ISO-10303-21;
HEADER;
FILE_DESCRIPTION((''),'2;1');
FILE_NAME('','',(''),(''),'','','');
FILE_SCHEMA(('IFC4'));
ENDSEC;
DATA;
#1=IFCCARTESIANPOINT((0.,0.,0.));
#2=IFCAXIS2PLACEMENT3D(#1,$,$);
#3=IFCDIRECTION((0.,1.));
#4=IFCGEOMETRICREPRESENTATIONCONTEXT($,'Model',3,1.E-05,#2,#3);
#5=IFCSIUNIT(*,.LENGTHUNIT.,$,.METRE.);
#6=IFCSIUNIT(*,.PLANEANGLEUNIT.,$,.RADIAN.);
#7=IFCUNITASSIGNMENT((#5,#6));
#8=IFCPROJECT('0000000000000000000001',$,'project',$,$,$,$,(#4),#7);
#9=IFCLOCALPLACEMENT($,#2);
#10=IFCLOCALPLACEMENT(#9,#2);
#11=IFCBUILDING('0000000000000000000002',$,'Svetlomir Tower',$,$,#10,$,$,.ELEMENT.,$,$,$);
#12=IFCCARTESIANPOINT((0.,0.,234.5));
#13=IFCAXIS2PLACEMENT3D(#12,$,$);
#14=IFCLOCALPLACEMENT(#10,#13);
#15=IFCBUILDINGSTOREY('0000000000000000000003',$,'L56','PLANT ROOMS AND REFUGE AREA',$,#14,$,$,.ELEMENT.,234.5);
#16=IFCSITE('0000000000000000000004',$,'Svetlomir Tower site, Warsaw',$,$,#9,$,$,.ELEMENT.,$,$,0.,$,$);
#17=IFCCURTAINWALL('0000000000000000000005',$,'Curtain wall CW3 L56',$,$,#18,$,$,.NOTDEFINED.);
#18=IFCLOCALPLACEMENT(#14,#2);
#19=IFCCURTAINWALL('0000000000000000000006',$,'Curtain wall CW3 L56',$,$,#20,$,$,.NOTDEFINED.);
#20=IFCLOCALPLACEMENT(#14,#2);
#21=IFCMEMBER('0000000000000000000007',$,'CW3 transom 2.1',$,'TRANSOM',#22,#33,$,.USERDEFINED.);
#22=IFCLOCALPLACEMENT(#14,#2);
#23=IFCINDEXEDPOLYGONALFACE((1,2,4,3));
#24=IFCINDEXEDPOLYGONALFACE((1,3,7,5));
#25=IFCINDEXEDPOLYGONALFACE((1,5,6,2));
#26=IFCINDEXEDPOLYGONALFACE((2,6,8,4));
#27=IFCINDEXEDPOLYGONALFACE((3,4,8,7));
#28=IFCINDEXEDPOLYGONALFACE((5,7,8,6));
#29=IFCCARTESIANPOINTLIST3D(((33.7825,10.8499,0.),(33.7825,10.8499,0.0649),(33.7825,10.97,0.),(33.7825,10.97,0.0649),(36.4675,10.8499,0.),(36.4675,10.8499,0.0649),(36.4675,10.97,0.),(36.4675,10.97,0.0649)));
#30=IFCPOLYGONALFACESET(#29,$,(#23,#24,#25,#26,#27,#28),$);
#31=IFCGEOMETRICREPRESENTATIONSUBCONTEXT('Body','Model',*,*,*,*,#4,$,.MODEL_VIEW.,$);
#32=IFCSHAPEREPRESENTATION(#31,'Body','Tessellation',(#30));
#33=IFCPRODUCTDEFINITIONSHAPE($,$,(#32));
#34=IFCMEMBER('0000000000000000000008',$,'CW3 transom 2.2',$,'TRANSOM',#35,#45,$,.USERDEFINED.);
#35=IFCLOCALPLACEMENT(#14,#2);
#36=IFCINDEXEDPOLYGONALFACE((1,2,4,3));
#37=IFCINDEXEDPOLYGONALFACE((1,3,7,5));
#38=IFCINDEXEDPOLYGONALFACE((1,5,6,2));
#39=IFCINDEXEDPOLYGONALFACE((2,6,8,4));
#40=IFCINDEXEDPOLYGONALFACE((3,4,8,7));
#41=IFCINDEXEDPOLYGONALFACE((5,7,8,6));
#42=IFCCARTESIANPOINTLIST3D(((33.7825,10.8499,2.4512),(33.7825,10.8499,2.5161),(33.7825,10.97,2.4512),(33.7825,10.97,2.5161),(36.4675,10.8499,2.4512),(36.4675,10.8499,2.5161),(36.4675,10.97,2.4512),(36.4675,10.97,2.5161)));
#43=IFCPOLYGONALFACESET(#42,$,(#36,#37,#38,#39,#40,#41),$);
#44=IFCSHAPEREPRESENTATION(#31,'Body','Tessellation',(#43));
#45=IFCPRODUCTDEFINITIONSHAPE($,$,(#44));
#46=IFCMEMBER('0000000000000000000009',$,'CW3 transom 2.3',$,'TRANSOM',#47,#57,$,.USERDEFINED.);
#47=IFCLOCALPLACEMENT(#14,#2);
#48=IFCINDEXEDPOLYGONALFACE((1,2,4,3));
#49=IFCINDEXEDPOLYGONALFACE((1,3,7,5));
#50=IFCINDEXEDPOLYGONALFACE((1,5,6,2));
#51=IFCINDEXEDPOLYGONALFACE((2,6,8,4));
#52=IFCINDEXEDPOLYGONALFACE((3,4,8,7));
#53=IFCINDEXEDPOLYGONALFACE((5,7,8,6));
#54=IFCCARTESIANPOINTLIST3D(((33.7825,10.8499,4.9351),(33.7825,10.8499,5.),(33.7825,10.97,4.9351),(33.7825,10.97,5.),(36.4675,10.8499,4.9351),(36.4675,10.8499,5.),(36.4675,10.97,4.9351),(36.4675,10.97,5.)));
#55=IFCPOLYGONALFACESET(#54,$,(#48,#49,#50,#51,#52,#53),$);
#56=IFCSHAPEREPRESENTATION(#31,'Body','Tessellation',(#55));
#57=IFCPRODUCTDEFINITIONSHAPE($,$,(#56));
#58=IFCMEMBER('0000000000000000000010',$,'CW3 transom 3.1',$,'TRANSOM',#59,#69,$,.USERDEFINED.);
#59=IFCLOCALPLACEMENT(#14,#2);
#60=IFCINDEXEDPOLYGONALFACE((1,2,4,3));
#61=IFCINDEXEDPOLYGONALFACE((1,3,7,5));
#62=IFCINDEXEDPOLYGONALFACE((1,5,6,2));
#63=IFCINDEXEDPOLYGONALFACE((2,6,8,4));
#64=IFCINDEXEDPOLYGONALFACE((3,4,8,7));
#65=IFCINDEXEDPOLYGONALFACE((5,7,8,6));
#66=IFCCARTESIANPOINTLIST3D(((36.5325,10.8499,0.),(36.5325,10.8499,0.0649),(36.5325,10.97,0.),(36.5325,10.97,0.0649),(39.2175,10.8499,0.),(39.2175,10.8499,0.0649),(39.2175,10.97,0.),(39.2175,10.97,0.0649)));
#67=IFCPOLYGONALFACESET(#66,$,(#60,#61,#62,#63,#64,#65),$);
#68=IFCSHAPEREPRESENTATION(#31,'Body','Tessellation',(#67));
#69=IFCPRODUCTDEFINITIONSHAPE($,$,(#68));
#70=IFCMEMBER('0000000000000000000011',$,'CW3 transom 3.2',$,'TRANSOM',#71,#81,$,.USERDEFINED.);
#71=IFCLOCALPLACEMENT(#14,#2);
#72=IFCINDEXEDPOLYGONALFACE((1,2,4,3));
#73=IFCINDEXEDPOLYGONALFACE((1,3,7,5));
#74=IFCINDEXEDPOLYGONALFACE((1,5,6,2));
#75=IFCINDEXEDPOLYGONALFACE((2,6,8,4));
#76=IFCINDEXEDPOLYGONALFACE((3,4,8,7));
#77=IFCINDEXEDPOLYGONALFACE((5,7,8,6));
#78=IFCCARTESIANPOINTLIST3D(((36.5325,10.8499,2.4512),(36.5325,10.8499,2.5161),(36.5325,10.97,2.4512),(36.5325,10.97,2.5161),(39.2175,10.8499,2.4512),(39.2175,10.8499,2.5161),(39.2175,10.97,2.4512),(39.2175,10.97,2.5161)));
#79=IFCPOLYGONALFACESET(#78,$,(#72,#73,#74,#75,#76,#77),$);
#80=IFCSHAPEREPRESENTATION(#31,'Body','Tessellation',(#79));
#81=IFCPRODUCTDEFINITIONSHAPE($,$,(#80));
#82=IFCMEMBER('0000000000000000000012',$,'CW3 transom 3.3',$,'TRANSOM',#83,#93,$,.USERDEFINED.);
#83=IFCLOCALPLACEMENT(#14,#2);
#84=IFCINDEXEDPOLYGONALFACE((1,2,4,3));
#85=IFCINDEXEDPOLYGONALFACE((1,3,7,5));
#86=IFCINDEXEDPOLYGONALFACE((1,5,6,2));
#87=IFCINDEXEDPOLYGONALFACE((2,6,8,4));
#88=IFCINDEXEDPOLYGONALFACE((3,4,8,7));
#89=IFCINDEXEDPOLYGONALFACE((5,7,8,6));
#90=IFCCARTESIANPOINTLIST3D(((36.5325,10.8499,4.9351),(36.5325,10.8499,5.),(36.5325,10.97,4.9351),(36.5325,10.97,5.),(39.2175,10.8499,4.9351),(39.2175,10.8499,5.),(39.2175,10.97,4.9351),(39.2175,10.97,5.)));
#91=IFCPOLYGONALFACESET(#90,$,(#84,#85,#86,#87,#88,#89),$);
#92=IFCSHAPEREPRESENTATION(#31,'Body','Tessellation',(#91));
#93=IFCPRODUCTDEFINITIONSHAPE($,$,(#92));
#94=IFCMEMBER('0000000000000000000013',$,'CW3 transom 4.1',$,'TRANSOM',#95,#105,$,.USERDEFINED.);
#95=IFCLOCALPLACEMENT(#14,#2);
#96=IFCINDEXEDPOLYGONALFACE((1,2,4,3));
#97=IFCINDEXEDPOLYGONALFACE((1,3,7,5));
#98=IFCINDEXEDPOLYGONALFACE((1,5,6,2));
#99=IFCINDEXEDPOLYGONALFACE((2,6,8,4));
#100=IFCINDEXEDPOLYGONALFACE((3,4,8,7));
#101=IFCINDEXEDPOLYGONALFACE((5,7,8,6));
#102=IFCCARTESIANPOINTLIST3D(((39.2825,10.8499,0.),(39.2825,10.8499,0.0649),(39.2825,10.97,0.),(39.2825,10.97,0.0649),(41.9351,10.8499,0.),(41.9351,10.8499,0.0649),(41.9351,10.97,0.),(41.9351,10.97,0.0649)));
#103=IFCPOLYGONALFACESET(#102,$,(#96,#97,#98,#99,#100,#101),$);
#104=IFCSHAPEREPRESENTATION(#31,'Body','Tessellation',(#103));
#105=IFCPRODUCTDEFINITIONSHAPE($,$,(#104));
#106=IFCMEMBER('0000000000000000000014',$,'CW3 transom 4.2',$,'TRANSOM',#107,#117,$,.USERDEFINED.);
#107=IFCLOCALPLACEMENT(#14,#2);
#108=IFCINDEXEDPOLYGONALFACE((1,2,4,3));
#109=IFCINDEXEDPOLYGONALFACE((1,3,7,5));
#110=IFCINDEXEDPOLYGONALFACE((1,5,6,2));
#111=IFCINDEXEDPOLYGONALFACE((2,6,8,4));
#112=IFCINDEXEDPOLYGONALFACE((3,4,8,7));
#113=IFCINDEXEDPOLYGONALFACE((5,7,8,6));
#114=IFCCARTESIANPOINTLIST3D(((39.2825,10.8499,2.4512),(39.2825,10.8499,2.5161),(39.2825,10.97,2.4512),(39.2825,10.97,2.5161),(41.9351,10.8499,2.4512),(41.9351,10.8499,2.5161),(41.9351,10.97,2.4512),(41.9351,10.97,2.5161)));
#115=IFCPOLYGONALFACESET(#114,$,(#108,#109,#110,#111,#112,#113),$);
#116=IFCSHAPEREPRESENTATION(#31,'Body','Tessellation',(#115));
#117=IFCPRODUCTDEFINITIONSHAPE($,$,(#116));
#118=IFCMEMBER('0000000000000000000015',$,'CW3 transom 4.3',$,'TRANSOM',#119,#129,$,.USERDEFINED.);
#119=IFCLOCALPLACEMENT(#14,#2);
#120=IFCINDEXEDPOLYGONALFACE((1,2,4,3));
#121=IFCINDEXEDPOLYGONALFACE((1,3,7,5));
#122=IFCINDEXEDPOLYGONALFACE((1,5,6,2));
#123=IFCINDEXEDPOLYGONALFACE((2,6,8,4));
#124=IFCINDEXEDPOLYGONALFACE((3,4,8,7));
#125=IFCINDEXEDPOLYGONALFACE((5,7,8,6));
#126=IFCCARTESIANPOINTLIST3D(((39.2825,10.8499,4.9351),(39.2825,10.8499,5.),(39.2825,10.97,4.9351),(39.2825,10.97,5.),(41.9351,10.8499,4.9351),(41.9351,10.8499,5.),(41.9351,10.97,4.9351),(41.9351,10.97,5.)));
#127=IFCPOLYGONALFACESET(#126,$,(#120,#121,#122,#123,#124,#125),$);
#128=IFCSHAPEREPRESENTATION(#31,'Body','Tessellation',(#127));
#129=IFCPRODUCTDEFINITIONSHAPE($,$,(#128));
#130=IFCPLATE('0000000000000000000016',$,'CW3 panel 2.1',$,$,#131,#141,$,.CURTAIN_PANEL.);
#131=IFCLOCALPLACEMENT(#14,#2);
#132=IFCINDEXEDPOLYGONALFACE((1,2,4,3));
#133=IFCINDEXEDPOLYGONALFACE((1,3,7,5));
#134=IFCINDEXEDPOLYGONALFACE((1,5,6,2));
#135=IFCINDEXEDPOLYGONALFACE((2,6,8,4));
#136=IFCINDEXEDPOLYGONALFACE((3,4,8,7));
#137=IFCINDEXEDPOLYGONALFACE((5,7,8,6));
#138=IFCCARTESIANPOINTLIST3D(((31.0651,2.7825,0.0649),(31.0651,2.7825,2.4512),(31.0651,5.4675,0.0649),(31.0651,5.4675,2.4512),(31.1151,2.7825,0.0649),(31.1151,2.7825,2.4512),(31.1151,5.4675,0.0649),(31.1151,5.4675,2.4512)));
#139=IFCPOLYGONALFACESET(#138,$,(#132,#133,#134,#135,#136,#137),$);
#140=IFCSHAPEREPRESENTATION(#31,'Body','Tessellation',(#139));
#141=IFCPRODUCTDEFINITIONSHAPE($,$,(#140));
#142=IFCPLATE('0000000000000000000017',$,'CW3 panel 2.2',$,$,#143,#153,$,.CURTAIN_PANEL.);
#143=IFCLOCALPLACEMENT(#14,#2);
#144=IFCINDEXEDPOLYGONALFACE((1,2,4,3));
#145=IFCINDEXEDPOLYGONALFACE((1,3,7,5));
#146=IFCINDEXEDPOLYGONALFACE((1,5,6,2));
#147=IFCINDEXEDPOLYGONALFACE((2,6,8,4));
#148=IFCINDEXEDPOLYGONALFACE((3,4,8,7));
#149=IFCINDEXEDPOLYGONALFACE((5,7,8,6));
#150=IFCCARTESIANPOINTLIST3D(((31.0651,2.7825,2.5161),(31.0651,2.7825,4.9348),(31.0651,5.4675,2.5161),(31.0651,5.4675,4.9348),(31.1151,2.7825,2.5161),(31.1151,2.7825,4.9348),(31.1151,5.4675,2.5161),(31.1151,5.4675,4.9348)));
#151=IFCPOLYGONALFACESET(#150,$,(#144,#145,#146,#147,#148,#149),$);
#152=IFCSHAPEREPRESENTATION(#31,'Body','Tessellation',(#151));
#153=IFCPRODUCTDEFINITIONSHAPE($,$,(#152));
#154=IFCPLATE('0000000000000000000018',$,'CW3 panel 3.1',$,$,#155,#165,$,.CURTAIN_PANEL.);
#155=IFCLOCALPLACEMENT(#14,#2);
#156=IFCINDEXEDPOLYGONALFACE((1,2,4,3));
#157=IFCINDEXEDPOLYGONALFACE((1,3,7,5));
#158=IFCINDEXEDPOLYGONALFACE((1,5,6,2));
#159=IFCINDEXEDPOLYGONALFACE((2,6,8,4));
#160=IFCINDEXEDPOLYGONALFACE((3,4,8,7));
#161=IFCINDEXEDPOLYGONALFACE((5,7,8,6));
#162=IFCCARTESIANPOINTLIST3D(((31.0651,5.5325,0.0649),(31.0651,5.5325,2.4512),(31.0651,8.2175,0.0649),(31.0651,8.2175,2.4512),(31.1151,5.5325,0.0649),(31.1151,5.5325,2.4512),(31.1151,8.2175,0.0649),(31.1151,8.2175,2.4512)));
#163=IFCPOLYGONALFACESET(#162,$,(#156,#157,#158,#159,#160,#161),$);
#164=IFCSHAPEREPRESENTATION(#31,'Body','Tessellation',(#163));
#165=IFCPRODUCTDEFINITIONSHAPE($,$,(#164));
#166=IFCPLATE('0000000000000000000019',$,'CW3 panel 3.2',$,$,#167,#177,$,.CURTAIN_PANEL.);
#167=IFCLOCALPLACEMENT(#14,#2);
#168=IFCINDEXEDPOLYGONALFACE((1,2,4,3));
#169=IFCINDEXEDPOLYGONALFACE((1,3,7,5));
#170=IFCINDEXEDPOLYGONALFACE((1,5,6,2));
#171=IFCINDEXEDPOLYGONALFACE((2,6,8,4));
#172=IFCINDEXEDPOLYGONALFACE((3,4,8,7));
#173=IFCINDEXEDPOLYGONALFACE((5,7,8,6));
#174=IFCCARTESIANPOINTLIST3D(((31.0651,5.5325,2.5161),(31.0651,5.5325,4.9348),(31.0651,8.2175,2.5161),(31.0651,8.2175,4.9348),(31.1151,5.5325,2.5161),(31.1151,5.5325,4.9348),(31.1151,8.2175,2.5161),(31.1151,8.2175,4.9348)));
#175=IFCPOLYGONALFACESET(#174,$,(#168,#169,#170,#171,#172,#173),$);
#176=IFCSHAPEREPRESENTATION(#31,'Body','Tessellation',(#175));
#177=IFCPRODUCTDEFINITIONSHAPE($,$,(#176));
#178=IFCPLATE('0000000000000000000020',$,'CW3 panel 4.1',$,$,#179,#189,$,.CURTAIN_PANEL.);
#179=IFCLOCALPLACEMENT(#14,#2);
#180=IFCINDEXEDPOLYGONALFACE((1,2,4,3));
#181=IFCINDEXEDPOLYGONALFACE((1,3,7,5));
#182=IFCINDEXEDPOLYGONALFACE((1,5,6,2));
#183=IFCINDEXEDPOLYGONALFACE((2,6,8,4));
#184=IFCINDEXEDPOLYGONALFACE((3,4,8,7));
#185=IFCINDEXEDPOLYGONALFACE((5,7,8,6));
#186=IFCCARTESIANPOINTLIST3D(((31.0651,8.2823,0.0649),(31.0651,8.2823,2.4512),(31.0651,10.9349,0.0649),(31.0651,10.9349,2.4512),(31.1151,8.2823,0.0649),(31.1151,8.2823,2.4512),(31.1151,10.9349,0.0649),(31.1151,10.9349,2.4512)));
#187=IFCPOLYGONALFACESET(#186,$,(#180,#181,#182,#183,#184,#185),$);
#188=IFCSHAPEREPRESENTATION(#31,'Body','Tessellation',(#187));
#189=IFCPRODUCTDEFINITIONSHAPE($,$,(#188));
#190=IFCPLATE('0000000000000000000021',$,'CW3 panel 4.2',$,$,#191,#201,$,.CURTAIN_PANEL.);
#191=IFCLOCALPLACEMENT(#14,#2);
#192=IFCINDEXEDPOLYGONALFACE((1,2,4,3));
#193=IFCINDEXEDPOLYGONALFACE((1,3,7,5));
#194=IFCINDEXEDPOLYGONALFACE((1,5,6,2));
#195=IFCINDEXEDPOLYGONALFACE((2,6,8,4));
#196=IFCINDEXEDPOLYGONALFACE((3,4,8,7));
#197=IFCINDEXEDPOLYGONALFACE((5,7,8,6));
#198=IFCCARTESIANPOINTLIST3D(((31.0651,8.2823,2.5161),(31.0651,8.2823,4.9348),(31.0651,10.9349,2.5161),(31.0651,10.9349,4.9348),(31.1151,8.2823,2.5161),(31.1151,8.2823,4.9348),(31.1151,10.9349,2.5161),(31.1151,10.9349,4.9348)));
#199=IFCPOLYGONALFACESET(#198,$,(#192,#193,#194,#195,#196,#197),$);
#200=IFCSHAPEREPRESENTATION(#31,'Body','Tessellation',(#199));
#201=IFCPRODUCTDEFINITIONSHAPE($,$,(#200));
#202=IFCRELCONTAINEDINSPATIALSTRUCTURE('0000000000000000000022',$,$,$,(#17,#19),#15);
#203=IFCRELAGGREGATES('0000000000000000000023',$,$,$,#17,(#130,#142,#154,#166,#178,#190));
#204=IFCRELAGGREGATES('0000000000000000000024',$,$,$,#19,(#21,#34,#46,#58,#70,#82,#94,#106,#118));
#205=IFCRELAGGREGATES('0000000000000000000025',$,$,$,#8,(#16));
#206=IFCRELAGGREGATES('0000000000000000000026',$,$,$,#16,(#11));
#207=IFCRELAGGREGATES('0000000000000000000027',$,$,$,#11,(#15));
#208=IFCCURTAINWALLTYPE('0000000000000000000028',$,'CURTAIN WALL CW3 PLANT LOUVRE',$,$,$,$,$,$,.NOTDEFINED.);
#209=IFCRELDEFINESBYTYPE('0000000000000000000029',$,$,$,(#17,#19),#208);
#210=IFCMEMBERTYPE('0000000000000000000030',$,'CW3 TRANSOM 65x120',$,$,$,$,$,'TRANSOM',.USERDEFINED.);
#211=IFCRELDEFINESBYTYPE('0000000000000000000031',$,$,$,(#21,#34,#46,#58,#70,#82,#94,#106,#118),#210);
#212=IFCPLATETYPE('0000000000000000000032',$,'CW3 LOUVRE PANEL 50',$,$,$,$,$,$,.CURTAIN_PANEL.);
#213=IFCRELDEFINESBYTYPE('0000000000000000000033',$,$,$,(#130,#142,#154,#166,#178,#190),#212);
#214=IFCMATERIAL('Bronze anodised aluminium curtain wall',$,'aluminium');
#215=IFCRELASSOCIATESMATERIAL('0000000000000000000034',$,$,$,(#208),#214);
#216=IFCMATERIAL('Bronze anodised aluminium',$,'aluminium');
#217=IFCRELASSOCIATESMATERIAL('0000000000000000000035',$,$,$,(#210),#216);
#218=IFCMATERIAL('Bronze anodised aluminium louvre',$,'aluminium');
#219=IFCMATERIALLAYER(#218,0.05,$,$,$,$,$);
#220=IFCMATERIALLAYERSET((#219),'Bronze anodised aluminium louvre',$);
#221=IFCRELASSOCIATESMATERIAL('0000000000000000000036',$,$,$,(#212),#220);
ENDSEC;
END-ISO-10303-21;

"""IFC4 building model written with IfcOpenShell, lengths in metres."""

from ifc_helpers import new_model, si_unit, direction, frame, origin, origin_2d, place, context, subcontext, project, spatial, rectangle, extrude, material, layer, layer_set, material_profile, profile_set, type_object, element, aggregate, save


model = new_model("IFC4")

# Units and contexts
model_context = context("Model", 3, precision=1e-05, world=origin(), true_north=direction((0.0, 1.0)))
body_context = subcontext(model_context, "Body", "Model", "MODEL_VIEW")
ifc_project = project(units=[si_unit("LENGTHUNIT", "METRE"), si_unit("PLANEANGLEUNIT", "RADIAN")], contexts=[model_context])

# Site, building, storey
site_placement = place(None, origin())
site = spatial("IfcSite", under=ifc_project, at=site_placement, Name="Svetlomir Tower site, Warsaw", CompositionType="ELEMENT", RefElevation=0.0)
building_placement = place(site_placement, origin())
building = spatial("IfcBuilding", under=site, at=building_placement, Name="Svetlomir Tower", CompositionType="ELEMENT")
storey_placement = place(building_placement, frame((0.0, 0.0, 234.5)))
storey = spatial("IfcBuildingStorey", under=building, at=storey_placement, Name="L56", Description="PLANT ROOMS AND REFUGE AREA", CompositionType="ELEMENT", Elevation=234.5)

# Curtain walls
ifc_material_1 = material(Name="Bronze anodised aluminium curtain wall", Category="aluminium")
curtain_wall_type = type_object("IfcCurtainWallType", Name="CURTAIN WALL CW3 PLANT LOUVRE", PredefinedType="NOTDEFINED", material=ifc_material_1)
curtain_wall_1_placement = place(storey_placement, origin())
curtain_wall_1 = element("IfcCurtainWall", 1, at=curtain_wall_1_placement, inside=storey, type_object=curtain_wall_type, Name="Curtain wall CW3 L56", PredefinedType="NOTDEFINED")
curtain_wall_2_placement = place(storey_placement, origin())
curtain_wall_2 = element("IfcCurtainWall", 2, at=curtain_wall_2_placement, inside=storey, type_object=curtain_wall_type, Name="Curtain wall CW3 L56", PredefinedType="NOTDEFINED")

# Members
ifc_material_2 = material(Name="Bronze anodised aluminium", Category="aluminium")
ifc_material_profile_1 = material_profile(ifc_material_2, rectangle(XDim=0.1201, YDim=0.0649, at=origin_2d()), Name="AL 120x65")
ifc_profile_set_1 = profile_set([ifc_material_profile_1], Name="Bronze anodised aluminium 6063-T6")
member_type_1 = type_object("IfcMemberType", Name="CW3 TRANSOM 65x120", ElementType="TRANSOM", PredefinedType="USERDEFINED", material=ifc_profile_set_1)
member_1_placement = place(storey_placement, frame((33.7825, 10.9099, 0.0325), z_axis=(1.0, 0.0, 0.0), x_axis=(0.0, 1.0, 0.0)))
member_1 = element("IfcMember", 3, at=member_1_placement, type_object=member_type_1, Name="CW3 transom 2.1", ObjectType="TRANSOM", PredefinedType="USERDEFINED", context=body_context, shape_type="SweptSolid", body=[
    extrude(rectangle(XDim=0.1201, YDim=0.0649, at=origin_2d()), origin(), (0.0, 0.0, 1.0), 2.6851),
])
member_2_placement = place(storey_placement, frame((33.7825, 10.9099, 2.4836), z_axis=(1.0, 0.0, 0.0), x_axis=(0.0, 1.0, 0.0)))
member_2 = element("IfcMember", 4, at=member_2_placement, type_object=member_type_1, Name="CW3 transom 2.2", ObjectType="TRANSOM", PredefinedType="USERDEFINED", context=body_context, shape_type="SweptSolid", body=[
    extrude(rectangle(XDim=0.1201, YDim=0.0649, at=origin_2d()), origin(), (0.0, 0.0, 1.0), 2.6851),
])
member_3_placement = place(storey_placement, frame((33.7825, 10.9099, 4.9675), z_axis=(1.0, 0.0, 0.0), x_axis=(0.0, 1.0, 0.0)))
member_3 = element("IfcMember", 5, at=member_3_placement, type_object=member_type_1, Name="CW3 transom 2.3", ObjectType="TRANSOM", PredefinedType="USERDEFINED", context=body_context, shape_type="SweptSolid", body=[
    extrude(rectangle(XDim=0.1201, YDim=0.0649, at=origin_2d()), origin(), (0.0, 0.0, 1.0), 2.6851),
])
member_4_placement = place(storey_placement, frame((36.5325, 10.9099, 0.0325), z_axis=(1.0, 0.0, 0.0), x_axis=(0.0, 1.0, 0.0)))
member_4 = element("IfcMember", 6, at=member_4_placement, type_object=member_type_1, Name="CW3 transom 3.1", ObjectType="TRANSOM", PredefinedType="USERDEFINED", context=body_context, shape_type="SweptSolid", body=[
    extrude(rectangle(XDim=0.1201, YDim=0.0649, at=origin_2d()), origin(), (0.0, 0.0, 1.0), 2.6851),
])
member_5_placement = place(storey_placement, frame((36.5325, 10.9099, 2.4836), z_axis=(1.0, 0.0, 0.0), x_axis=(0.0, 1.0, 0.0)))
member_5 = element("IfcMember", 7, at=member_5_placement, type_object=member_type_1, Name="CW3 transom 3.2", ObjectType="TRANSOM", PredefinedType="USERDEFINED", context=body_context, shape_type="SweptSolid", body=[
    extrude(rectangle(XDim=0.1201, YDim=0.0649, at=origin_2d()), origin(), (0.0, 0.0, 1.0), 2.6851),
])
member_6_placement = place(storey_placement, frame((36.5325, 10.9099, 4.9675), z_axis=(1.0, 0.0, 0.0), x_axis=(0.0, 1.0, 0.0)))
member_6 = element("IfcMember", 8, at=member_6_placement, type_object=member_type_1, Name="CW3 transom 3.3", ObjectType="TRANSOM", PredefinedType="USERDEFINED", context=body_context, shape_type="SweptSolid", body=[
    extrude(rectangle(XDim=0.1201, YDim=0.0649, at=origin_2d()), origin(), (0.0, 0.0, 1.0), 2.6851),
])
member_7_placement = place(storey_placement, frame((39.2825, 10.9099, 0.0325), z_axis=(1.0, 0.0, 0.0), x_axis=(0.0, 1.0, 0.0)))
member_7 = element("IfcMember", 9, at=member_7_placement, type_object=member_type_1, Name="CW3 transom 4.1", ObjectType="TRANSOM", PredefinedType="USERDEFINED", context=body_context, shape_type="SweptSolid", body=[
    extrude(rectangle(XDim=0.1201, YDim=0.0649, at=origin_2d()), origin(), (0.0, 0.0, 1.0), 2.6526),
])
member_8_placement = place(storey_placement, frame((39.2825, 10.9099, 2.4836), z_axis=(1.0, 0.0, 0.0), x_axis=(0.0, 1.0, 0.0)))
member_8 = element("IfcMember", 10, at=member_8_placement, type_object=member_type_1, Name="CW3 transom 4.2", ObjectType="TRANSOM", PredefinedType="USERDEFINED", context=body_context, shape_type="SweptSolid", body=[
    extrude(rectangle(XDim=0.1201, YDim=0.0649, at=origin_2d()), origin(), (0.0, 0.0, 1.0), 2.6526),
])
member_9_placement = place(storey_placement, frame((39.2825, 10.9099, 4.9675), z_axis=(1.0, 0.0, 0.0), x_axis=(0.0, 1.0, 0.0)))
member_9 = element("IfcMember", 11, at=member_9_placement, type_object=member_type_1, Name="CW3 transom 4.3", ObjectType="TRANSOM", PredefinedType="USERDEFINED", context=body_context, shape_type="SweptSolid", body=[
    extrude(rectangle(XDim=0.1201, YDim=0.0649, at=origin_2d()), origin(), (0.0, 0.0, 1.0), 2.6526),
])

# Plates
ifc_material_3 = material(Name="Bronze anodised aluminium louvre", Category="aluminium")
ifc_layer = layer(ifc_material_3, 0.05)
ifc_layer_set = layer_set([ifc_layer], Name="Bronze anodised aluminium louvre")
plate_type = type_object("IfcPlateType", Name="CW3 LOUVRE PANEL 50", PredefinedType="CURTAIN_PANEL", material=ifc_layer_set)
plate_1_placement = place(storey_placement, frame((31.0901, 4.125, 0.0649), z_axis=(0.0, 0.0, 1.0), x_axis=(0.0, 1.0, 0.0)))
plate_1 = element("IfcPlate", 12, at=plate_1_placement, type_object=plate_type, Name="CW3 panel 2.1", PredefinedType="CURTAIN_PANEL", context=body_context, shape_type="SweptSolid", body=[
    extrude(rectangle(XDim=2.6851, YDim=0.05, at=origin_2d()), origin(), (0.0, 0.0, 1.0), 2.3862),
])
plate_2_placement = place(storey_placement, frame((31.0901, 4.125, 2.5161), z_axis=(0.0, 0.0, 1.0), x_axis=(0.0, 1.0, 0.0)))
plate_2 = element("IfcPlate", 13, at=plate_2_placement, type_object=plate_type, Name="CW3 panel 2.2", PredefinedType="CURTAIN_PANEL", context=body_context, shape_type="SweptSolid", body=[
    extrude(rectangle(XDim=2.6851, YDim=0.05, at=origin_2d()), origin(), (0.0, 0.0, 1.0), 2.4187),
])
plate_3_placement = place(storey_placement, frame((31.0901, 6.875, 0.0649), z_axis=(0.0, 0.0, 1.0), x_axis=(0.0, 1.0, 0.0)))
plate_3 = element("IfcPlate", 14, at=plate_3_placement, type_object=plate_type, Name="CW3 panel 3.1", PredefinedType="CURTAIN_PANEL", context=body_context, shape_type="SweptSolid", body=[
    extrude(rectangle(XDim=2.6851, YDim=0.05, at=origin_2d()), origin(), (0.0, 0.0, 1.0), 2.3862),
])
plate_4_placement = place(storey_placement, frame((31.0901, 6.875, 2.5161), z_axis=(0.0, 0.0, 1.0), x_axis=(0.0, 1.0, 0.0)))
plate_4 = element("IfcPlate", 15, at=plate_4_placement, type_object=plate_type, Name="CW3 panel 3.2", PredefinedType="CURTAIN_PANEL", context=body_context, shape_type="SweptSolid", body=[
    extrude(rectangle(XDim=2.6851, YDim=0.05, at=origin_2d()), origin(), (0.0, 0.0, 1.0), 2.4187),
])
plate_5_placement = place(storey_placement, frame((31.0901, 9.6086, 0.0649), z_axis=(0.0, 0.0, 1.0), x_axis=(0.0, 1.0, 0.0)))
plate_5 = element("IfcPlate", 16, at=plate_5_placement, type_object=plate_type, Name="CW3 panel 4.1", PredefinedType="CURTAIN_PANEL", context=body_context, shape_type="SweptSolid", body=[
    extrude(rectangle(XDim=2.6526, YDim=0.05, at=origin_2d()), origin(), (0.0, 0.0, 1.0), 2.3862),
])
plate_6_placement = place(storey_placement, frame((31.0901, 9.6086, 2.5161), z_axis=(0.0, 0.0, 1.0), x_axis=(0.0, 1.0, 0.0)))
plate_6 = element("IfcPlate", 17, at=plate_6_placement, type_object=plate_type, Name="CW3 panel 4.2", PredefinedType="CURTAIN_PANEL", context=body_context, shape_type="SweptSolid", body=[
    extrude(rectangle(XDim=2.6526, YDim=0.05, at=origin_2d()), origin(), (0.0, 0.0, 1.0), 2.4187),
])
aggregate(curtain_wall_1, [plate_1, plate_2, plate_3, plate_4, plate_5, plate_6])
aggregate(curtain_wall_2, [member_1, member_2, member_3, member_4, member_5, member_6, member_7, member_8, member_9])

save(model, "model.ifc")
